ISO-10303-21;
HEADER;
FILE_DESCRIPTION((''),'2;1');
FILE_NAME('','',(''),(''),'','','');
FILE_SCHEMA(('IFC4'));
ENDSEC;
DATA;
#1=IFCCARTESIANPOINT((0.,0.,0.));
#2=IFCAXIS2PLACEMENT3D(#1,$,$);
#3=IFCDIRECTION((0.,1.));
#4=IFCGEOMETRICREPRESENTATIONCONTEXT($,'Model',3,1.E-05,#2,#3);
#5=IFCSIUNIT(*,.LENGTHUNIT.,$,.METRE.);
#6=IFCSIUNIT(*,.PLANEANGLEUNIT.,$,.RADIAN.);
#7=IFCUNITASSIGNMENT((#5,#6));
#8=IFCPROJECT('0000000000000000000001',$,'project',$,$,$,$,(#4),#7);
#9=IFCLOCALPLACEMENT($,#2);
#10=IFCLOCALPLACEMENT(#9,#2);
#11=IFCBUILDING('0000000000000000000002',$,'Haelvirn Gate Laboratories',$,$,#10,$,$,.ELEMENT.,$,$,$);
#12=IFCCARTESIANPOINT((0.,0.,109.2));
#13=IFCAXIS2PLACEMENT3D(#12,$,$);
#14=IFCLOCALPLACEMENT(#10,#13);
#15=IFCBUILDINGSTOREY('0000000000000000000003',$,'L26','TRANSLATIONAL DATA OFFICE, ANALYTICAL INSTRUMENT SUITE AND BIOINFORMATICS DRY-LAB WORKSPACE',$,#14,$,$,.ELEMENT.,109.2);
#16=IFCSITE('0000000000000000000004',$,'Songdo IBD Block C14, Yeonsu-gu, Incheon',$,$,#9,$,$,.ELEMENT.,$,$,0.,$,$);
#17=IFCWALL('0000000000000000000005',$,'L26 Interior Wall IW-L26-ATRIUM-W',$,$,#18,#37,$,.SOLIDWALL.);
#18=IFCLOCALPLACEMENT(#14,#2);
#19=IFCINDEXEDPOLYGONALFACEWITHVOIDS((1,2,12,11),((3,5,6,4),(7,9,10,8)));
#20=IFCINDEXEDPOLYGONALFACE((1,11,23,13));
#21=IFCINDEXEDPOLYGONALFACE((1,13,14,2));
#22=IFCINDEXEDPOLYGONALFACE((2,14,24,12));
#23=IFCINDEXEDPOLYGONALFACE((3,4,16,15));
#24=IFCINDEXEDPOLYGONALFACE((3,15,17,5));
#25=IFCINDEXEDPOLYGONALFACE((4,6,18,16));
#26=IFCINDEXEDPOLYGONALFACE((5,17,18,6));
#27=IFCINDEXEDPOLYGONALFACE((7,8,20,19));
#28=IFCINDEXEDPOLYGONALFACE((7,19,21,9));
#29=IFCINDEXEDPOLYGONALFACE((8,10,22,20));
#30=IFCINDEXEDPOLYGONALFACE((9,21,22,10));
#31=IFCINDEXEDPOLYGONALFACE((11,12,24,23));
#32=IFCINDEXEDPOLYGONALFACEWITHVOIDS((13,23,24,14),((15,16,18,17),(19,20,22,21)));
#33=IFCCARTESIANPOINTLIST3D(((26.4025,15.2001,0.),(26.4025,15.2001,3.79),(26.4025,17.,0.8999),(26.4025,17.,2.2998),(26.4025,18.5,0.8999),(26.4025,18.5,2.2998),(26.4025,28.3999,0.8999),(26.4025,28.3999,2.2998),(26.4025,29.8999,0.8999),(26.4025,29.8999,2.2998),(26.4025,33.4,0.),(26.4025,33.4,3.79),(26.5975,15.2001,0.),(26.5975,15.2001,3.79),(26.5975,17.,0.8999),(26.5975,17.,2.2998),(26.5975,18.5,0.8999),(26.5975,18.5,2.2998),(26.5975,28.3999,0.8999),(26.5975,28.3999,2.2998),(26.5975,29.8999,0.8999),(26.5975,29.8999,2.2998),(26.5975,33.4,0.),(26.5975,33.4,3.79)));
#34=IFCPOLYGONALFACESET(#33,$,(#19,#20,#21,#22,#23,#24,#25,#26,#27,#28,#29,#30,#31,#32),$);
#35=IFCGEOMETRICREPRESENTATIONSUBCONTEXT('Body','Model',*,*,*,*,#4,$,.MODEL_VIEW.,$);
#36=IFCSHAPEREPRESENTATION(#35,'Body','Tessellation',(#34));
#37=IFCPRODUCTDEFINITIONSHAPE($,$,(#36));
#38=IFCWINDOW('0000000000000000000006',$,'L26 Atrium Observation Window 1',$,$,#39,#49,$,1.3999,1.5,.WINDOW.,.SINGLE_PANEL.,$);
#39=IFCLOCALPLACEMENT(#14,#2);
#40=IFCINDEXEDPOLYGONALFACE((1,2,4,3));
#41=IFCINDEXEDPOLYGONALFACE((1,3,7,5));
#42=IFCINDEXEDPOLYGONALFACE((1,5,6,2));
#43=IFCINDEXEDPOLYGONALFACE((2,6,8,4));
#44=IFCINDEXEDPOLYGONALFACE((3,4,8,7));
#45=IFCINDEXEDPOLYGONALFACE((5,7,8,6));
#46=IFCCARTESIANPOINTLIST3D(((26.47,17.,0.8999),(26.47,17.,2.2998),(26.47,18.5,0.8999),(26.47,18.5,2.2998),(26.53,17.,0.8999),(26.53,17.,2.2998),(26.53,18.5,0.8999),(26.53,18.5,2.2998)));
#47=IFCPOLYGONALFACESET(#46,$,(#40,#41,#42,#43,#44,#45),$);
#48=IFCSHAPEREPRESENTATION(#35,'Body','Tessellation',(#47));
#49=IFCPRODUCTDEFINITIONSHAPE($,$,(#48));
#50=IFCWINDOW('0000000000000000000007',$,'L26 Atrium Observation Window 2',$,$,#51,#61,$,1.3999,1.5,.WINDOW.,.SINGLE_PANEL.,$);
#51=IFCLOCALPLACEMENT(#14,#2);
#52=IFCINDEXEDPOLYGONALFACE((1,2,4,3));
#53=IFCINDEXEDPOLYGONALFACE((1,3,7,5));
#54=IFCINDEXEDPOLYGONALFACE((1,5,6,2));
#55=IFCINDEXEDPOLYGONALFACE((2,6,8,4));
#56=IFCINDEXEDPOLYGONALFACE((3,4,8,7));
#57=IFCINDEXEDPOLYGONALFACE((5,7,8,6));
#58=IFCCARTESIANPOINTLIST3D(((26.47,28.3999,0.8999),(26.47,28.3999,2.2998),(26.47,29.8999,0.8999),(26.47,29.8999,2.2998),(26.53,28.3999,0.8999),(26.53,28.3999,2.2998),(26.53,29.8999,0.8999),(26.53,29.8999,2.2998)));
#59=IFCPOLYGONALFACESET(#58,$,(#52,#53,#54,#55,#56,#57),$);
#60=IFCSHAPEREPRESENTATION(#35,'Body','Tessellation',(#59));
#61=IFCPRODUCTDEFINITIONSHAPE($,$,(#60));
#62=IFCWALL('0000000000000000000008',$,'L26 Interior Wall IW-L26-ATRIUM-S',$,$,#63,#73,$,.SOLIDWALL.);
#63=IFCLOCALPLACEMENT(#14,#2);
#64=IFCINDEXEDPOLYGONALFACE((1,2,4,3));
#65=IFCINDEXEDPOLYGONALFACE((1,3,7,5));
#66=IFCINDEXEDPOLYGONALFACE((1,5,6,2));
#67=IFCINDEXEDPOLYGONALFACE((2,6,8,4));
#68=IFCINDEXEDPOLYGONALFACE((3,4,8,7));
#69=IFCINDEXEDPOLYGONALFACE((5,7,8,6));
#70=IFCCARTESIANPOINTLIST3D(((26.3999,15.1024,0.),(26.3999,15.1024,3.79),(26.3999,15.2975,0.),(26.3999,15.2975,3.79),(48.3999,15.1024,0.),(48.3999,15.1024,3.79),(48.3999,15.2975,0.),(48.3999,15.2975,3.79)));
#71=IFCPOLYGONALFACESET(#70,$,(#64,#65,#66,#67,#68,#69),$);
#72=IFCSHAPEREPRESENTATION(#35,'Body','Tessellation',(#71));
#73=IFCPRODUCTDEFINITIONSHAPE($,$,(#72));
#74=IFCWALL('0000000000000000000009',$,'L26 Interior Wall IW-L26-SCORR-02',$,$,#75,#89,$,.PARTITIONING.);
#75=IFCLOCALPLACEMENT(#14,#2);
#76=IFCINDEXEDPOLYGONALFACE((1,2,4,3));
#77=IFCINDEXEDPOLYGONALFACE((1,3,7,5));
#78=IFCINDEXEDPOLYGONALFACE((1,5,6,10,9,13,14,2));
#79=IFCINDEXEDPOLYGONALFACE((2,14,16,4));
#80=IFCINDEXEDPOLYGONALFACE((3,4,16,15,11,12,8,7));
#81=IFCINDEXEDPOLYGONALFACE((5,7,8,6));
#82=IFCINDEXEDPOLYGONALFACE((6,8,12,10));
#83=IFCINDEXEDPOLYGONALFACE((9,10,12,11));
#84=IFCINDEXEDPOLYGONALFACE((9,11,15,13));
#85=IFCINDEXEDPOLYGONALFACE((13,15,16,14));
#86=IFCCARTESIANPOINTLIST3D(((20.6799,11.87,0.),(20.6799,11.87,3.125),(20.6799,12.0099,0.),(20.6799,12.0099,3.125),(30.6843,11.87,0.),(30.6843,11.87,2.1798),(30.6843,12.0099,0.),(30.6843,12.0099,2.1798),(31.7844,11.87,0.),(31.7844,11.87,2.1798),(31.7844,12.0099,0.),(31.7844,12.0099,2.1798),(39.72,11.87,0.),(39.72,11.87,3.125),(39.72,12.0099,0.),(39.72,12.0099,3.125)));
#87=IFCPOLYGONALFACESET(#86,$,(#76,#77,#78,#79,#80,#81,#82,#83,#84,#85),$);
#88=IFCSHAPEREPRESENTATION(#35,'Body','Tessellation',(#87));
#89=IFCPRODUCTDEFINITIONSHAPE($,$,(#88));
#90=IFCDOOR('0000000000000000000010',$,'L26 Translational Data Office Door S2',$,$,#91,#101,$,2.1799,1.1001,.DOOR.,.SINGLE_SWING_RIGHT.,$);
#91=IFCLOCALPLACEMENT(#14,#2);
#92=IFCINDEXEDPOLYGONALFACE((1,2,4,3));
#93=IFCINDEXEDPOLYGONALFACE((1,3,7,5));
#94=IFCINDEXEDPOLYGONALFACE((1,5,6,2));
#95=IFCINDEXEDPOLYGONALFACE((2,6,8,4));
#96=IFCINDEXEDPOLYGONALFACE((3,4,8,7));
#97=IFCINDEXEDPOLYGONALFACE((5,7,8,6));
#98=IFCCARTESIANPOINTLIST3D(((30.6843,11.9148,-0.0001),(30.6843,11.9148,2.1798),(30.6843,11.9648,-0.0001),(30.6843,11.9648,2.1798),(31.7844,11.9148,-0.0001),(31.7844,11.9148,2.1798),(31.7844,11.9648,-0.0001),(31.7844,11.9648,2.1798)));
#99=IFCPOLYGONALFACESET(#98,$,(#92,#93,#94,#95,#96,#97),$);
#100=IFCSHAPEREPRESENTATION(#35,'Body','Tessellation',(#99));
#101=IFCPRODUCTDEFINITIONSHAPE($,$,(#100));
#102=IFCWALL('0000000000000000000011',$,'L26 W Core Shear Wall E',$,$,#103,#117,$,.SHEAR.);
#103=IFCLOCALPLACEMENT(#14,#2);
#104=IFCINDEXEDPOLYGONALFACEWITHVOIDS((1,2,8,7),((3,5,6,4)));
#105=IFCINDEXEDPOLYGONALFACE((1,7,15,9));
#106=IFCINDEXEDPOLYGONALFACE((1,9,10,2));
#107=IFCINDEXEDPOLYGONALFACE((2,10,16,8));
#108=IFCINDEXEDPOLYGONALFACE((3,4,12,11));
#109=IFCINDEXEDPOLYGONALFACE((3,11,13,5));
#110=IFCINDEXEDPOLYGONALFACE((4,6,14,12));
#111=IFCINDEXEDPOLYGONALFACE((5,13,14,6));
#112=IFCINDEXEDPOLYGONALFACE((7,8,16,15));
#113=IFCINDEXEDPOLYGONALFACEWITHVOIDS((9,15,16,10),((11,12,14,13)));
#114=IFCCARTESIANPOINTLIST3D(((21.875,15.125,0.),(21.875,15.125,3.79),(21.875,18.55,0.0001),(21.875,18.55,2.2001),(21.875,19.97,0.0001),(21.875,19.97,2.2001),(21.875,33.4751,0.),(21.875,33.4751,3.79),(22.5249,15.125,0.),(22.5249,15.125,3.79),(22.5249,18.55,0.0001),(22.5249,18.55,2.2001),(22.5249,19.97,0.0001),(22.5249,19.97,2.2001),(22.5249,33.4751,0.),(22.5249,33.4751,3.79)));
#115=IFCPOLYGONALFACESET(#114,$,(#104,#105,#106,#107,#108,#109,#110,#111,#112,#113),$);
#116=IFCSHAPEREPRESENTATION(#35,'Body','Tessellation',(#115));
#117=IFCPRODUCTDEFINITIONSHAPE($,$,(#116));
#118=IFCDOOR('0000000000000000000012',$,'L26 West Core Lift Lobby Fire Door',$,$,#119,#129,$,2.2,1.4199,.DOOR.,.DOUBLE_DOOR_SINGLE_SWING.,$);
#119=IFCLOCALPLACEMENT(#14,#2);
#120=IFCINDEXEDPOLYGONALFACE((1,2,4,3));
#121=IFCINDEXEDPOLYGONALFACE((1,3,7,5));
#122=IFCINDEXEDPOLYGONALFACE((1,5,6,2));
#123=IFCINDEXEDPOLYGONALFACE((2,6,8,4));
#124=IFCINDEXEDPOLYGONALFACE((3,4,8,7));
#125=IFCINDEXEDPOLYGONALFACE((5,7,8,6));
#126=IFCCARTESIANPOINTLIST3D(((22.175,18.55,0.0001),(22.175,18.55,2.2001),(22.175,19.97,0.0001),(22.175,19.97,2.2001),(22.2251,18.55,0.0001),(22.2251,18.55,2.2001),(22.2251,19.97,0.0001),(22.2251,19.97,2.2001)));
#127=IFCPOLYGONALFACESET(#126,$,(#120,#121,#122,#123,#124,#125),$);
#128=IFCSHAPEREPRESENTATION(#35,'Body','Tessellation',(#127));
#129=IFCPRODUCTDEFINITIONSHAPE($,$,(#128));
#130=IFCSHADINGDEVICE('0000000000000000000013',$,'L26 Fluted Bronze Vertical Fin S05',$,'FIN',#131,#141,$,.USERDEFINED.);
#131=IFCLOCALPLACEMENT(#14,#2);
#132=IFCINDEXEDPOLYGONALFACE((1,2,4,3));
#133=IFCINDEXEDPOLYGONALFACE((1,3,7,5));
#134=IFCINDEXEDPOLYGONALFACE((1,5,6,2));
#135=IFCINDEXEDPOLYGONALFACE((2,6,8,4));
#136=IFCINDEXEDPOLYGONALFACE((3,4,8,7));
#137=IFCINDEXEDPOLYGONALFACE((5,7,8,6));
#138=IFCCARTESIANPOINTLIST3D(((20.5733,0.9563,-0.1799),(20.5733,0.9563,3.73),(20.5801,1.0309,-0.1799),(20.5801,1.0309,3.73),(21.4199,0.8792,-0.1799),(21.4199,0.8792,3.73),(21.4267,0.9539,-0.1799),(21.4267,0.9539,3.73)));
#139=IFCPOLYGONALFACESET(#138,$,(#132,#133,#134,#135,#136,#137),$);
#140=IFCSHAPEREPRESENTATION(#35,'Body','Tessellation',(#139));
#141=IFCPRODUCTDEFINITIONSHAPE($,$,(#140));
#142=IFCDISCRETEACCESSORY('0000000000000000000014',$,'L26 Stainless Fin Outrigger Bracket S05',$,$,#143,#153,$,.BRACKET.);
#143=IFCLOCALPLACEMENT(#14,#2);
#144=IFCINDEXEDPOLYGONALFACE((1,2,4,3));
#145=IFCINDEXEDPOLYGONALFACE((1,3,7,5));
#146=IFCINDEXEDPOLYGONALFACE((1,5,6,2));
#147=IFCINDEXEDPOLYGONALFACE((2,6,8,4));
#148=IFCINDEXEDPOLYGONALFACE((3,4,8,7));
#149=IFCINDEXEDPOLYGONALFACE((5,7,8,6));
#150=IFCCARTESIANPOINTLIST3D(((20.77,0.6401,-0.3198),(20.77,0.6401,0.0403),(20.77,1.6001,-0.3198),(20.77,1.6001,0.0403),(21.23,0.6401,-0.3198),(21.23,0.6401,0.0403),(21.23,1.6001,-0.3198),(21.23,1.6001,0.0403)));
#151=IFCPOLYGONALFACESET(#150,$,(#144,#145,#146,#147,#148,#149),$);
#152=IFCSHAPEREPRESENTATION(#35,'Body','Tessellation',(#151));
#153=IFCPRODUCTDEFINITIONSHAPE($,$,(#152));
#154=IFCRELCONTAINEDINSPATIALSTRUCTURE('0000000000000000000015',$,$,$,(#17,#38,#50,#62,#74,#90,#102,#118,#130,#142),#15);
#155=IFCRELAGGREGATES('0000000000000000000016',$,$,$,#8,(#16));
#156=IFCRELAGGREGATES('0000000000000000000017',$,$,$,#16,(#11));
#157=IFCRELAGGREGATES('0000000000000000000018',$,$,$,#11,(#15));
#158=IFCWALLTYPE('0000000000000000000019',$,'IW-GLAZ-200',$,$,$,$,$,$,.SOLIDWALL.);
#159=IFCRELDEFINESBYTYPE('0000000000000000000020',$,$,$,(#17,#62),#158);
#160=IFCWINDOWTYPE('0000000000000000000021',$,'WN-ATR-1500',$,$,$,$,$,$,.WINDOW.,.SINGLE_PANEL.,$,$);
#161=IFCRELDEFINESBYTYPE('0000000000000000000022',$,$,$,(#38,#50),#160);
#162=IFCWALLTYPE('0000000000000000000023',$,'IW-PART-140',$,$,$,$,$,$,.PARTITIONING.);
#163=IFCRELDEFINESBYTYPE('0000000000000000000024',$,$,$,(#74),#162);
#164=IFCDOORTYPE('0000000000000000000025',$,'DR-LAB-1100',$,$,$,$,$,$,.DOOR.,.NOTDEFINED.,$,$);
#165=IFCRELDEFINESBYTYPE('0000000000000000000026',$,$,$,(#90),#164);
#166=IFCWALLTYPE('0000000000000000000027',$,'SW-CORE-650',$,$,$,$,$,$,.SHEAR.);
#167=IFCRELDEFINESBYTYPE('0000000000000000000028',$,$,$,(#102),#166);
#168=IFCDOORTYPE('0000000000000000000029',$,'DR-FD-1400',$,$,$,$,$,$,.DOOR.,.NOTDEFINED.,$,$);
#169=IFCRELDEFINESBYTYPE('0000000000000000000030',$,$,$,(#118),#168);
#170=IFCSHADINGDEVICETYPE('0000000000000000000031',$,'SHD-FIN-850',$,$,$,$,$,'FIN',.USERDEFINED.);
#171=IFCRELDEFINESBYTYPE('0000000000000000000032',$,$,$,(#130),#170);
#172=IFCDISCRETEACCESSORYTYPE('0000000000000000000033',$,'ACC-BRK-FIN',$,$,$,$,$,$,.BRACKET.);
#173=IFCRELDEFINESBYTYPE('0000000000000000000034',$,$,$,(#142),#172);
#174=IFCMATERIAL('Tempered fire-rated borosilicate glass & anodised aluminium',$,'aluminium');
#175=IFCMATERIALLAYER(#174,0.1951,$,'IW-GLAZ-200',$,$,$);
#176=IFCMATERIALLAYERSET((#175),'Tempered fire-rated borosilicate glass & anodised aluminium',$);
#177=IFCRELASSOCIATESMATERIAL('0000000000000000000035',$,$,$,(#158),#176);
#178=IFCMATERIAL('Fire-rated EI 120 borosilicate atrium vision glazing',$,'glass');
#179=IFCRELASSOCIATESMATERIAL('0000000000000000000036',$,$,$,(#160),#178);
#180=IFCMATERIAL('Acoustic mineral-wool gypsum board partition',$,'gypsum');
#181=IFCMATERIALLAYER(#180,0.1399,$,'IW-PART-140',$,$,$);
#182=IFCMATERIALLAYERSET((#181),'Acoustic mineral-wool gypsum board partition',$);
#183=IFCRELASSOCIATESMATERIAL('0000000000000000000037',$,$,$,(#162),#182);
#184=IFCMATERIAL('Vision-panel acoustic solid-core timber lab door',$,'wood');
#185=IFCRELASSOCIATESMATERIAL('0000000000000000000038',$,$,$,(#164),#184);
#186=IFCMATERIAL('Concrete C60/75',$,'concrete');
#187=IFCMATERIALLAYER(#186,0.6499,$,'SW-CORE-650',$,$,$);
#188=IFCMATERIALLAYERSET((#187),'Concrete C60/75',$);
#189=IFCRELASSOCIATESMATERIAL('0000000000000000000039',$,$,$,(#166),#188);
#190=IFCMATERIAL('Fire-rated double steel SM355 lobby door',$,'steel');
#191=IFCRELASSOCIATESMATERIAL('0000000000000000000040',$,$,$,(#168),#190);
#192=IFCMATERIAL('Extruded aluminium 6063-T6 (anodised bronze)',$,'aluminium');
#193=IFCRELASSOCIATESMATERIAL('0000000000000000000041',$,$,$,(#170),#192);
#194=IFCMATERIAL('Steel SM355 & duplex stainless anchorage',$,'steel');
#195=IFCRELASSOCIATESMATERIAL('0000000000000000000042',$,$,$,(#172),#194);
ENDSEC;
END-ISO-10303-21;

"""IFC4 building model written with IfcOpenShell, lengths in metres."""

from ifc_helpers import new_model, si_unit, direction, frame, frame_2d, origin, origin_2d, place, context, subcontext, project, spatial, rectangle, extrude, source, transform, mapped, material, layer, layer_set, material_profile, profile_set, type_object, type_shapes, element, fill, save


model = new_model("IFC4")

# Units and contexts
model_context = context("Model", 3, precision=1e-05, world=origin(), true_north=direction((0.0, 1.0)))
body_context = subcontext(model_context, "Body", "Model", "MODEL_VIEW")
ifc_project = project(units=[si_unit("LENGTHUNIT", "METRE"), si_unit("PLANEANGLEUNIT", "RADIAN")], contexts=[model_context])

# Site, building, storey
site_placement = place(None, origin())
site = spatial("IfcSite", under=ifc_project, at=site_placement, Name="Songdo IBD Block C14, Yeonsu-gu, Incheon", CompositionType="ELEMENT", RefElevation=0.0)
building_placement = place(site_placement, origin())
building = spatial("IfcBuilding", under=site, at=building_placement, Name="Haelvirn Gate Laboratories", CompositionType="ELEMENT")
storey_placement = place(building_placement, frame((0.0, 0.0, 109.2)))
storey = spatial("IfcBuildingStorey", under=building, at=storey_placement, Name="L26", Description="TRANSLATIONAL DATA OFFICE, ANALYTICAL INSTRUMENT SUITE AND BIOINFORMATICS DRY-LAB WORKSPACE", CompositionType="ELEMENT", Elevation=109.2)

# Shared definitions
ifc_material_1 = material(Name="Concrete C60/75", Category="concrete")

# Shared definitions
ifc_material_2 = material(Name="Extruded aluminium 6063-T6 (anodised bronze)", Category="aluminium")

# Wall, openings, windows
ifc_material_3 = material(Name="Tempered fire-rated borosilicate glass & anodised aluminium", Category="aluminium")
ifc_layer_1 = layer(ifc_material_3, 0.1951, Name="IW-GLAZ-200")
ifc_layer_set_1 = layer_set([ifc_layer_1], Name="Tempered fire-rated borosilicate glass & anodised aluminium")
wall_type_1 = type_object("IfcWallType", Name="IW-GLAZ-200", PredefinedType="SOLIDWALL", material=ifc_layer_set_1)
wall_1_placement = place(storey_placement, frame((26.5, 15.2, 0.0), z_axis=(0.0, 0.0, 1.0), x_axis=(0.0, 1.0, 0.0)))
wall_1 = element("IfcWall", 1, at=wall_1_placement, inside=storey, type_object=wall_type_1, Name="L26 Interior Wall IW-L26-ATRIUM-W", PredefinedType="SOLIDWALL", context=body_context, shape_type="SweptSolid", body=[
    extrude(rectangle(XDim=18.2, YDim=0.1951, at=frame_2d((9.1001, 0.0))), origin(), (0.0, 0.0, 1.0), 3.79),
])
opening_1_placement = place(wall_1_placement, frame((1.8, 0.0, 0.8999)))
opening_1 = element("IfcOpeningElement", 2, at=opening_1_placement, cuts=wall_1, PredefinedType="OPENING", context=body_context, shape_type="SweptSolid", body=[
    extrude(rectangle(XDim=1.5, YDim=1.3999, at=frame_2d((0.75, 0.7))), frame((0.0, 0.1074, 0.0), z_axis=(0.0, -1.0, 0.0), x_axis=(1.0, 0.0, 0.0)), (0.0, 0.0, 1.0), 0.2151),
])
opening_2_placement = place(wall_1_placement, frame((13.2, 0.0, 0.8999)))
opening_2 = element("IfcOpeningElement", 3, at=opening_2_placement, cuts=wall_1, PredefinedType="OPENING", context=body_context, shape_type="SweptSolid", body=[
    extrude(rectangle(XDim=1.5, YDim=1.3999, at=frame_2d((0.75, 0.7))), frame((0.0, 0.1074, 0.0), z_axis=(0.0, -1.0, 0.0), x_axis=(1.0, 0.0, 0.0)), (0.0, 0.0, 1.0), 0.2151),
])
ifc_material_4 = material(Name="Fire-rated EI 120 borosilicate atrium vision glazing", Category="glass")
window_type = type_object("IfcWindowType", Name="WN-ATR-1500", PartitioningType="SINGLE_PANEL", PredefinedType="WINDOW", material=ifc_material_4)
shared_shape_1 = source(origin(), body_context, "Body", "SweptSolid", [
    extrude(rectangle(XDim=1.5, YDim=1.3999, at=frame_2d((0.75, 0.7))), frame((0.0, 0.03, 0.0), z_axis=(0.0, -1.0, 0.0), x_axis=(1.0, 0.0, 0.0)), (0.0, 0.0, 1.0), 0.0601),
])
type_shapes(window_type, [shared_shape_1])
window_1_placement = place(opening_1_placement, origin())
window_1 = element("IfcWindow", 4, at=window_1_placement, inside=storey, type_object=window_type, Name="L26 Atrium Observation Window 1", OverallHeight=1.3999, OverallWidth=1.5, PartitioningType="SINGLE_PANEL", PredefinedType="WINDOW", context=body_context, shape_type="MappedRepresentation", body=[
    mapped(shared_shape_1, transform((0.0, 0.0, 0.0), scale=1.0)),
])
fill(opening_1, window_1)
window_2_placement = place(opening_2_placement, origin())
window_2 = element("IfcWindow", 5, at=window_2_placement, inside=storey, type_object=window_type, Name="L26 Atrium Observation Window 2", OverallHeight=1.3999, OverallWidth=1.5, PartitioningType="SINGLE_PANEL", PredefinedType="WINDOW", context=body_context, shape_type="MappedRepresentation", body=[
    mapped(shared_shape_1, transform((0.0, 0.0, 0.0), scale=1.0)),
])
fill(opening_2, window_2)

# Wall
wall_2_placement = place(storey_placement, frame((26.3999, 15.2, 0.0), z_axis=(0.0, 0.0, 1.0), x_axis=(1.0, 0.0, 0.0)))
element("IfcWall", 6, at=wall_2_placement, inside=storey, type_object=wall_type_1, Name="L26 Interior Wall IW-L26-ATRIUM-S", PredefinedType="SOLIDWALL", context=body_context, shape_type="SweptSolid", body=[
    extrude(rectangle(XDim=22.0, YDim=0.1951, at=frame_2d((11.0, 0.0))), origin(), (0.0, 0.0, 1.0), 3.79),
])

# Walls, openings, doors
ifc_material_5 = material(Name="Acoustic mineral-wool gypsum board partition", Category="gypsum")
ifc_layer_2 = layer(ifc_material_5, 0.1399, Name="IW-PART-140")
ifc_layer_set_2 = layer_set([ifc_layer_2], Name="Acoustic mineral-wool gypsum board partition")
wall_type_2 = type_object("IfcWallType", Name="IW-PART-140", PredefinedType="PARTITIONING", material=ifc_layer_set_2)
wall_3_placement = place(storey_placement, frame((20.6799, 11.9399, 0.0), z_axis=(0.0, 0.0, 1.0), x_axis=(1.0, 0.0, 0.0)))
wall_3 = element("IfcWall", 7, at=wall_3_placement, inside=storey, type_object=wall_type_2, Name="L26 Interior Wall IW-L26-SCORR-02", PredefinedType="PARTITIONING", context=body_context, shape_type="SweptSolid", body=[
    extrude(rectangle(XDim=19.04, YDim=0.1399, at=frame_2d((9.52, 0.0))), origin(), (0.0, 0.0, 1.0), 3.125),
])
opening_3_placement = place(wall_3_placement, frame((10.0044, 0.0, 0.0)))
opening_3 = element("IfcOpeningElement", 8, at=opening_3_placement, cuts=wall_3, PredefinedType="OPENING", context=body_context, shape_type="SweptSolid", body=[
    extrude(rectangle(XDim=1.1001, YDim=2.1799, at=frame_2d((0.55, 1.0898))), frame((0.0, 0.0801, 0.0), z_axis=(0.0, -1.0, 0.0), x_axis=(1.0, 0.0, 0.0)), (0.0, 0.0, 1.0), 0.1599),
])
ifc_material_6 = material(Name="Vision-panel acoustic solid-core timber lab door", Category="wood")
door_type_1 = type_object("IfcDoorType", Name="DR-LAB-1100", OperationType="NOTDEFINED", PredefinedType="DOOR", material=ifc_material_6)
shared_shape_2 = source(origin(), body_context, "Body", "SweptSolid", [
    extrude(rectangle(XDim=1.1001, YDim=2.1799, at=frame_2d((0.55, 1.0898))), frame((0.0, 0.0249, 0.0), z_axis=(0.0, -1.0, 0.0), x_axis=(1.0, 0.0, 0.0)), (0.0, 0.0, 1.0), 0.05),
])
type_shapes(door_type_1, [shared_shape_2])
door_1_placement = place(opening_3_placement, origin())
door_1 = element("IfcDoor", 9, at=door_1_placement, inside=storey, type_object=door_type_1, Name="L26 Translational Data Office Door S2", OperationType="SINGLE_SWING_RIGHT", OverallHeight=2.1799, OverallWidth=1.1001, PredefinedType="DOOR", context=body_context, shape_type="MappedRepresentation", body=[
    mapped(shared_shape_2, transform((0.0, 0.0, 0.0), scale=1.0)),
])
fill(opening_3, door_1)
ifc_layer_3 = layer(ifc_material_1, 0.6499, Name="SW-CORE-650")
ifc_layer_set_3 = layer_set([ifc_layer_3], Name="Concrete C60/75")
wall_type_3 = type_object("IfcWallType", Name="SW-CORE-650", PredefinedType="SHEAR", material=ifc_layer_set_3)
wall_4_placement = place(storey_placement, frame((22.2, 15.125, 0.0), z_axis=(0.0, 0.0, 1.0), x_axis=(0.0, 1.0, 0.0)))
wall_4 = element("IfcWall", 10, at=wall_4_placement, inside=storey, type_object=wall_type_3, Name="L26 W Core Shear Wall E", PredefinedType="SHEAR", context=body_context, shape_type="SweptSolid", body=[
    extrude(rectangle(XDim=18.3501, YDim=0.6499, at=frame_2d((9.175, 0.0))), origin(), (0.0, 0.0, 1.0), 3.79),
])
opening_4_placement = place(wall_4_placement, frame((3.425, 0.0, 0.0)))
opening_4 = element("IfcOpeningElement", 11, at=opening_4_placement, cuts=wall_4, PredefinedType="OPENING", context=body_context, shape_type="SweptSolid", body=[
    extrude(rectangle(XDim=1.4199, YDim=2.2, at=frame_2d((0.71, 1.1001))), frame((0.0, 0.335, 0.0), z_axis=(0.0, -1.0, 0.0), x_axis=(1.0, 0.0, 0.0)), (0.0, 0.0, 1.0), 0.6699),
])
ifc_material_7 = material(Name="Fire-rated double steel SM355 lobby door", Category="steel")
door_type_2 = type_object("IfcDoorType", Name="DR-FD-1400", OperationType="NOTDEFINED", PredefinedType="DOOR", material=ifc_material_7)
shared_shape_3 = source(origin(), body_context, "Body", "SweptSolid", [
    extrude(rectangle(XDim=1.4199, YDim=2.2, at=frame_2d((0.71, 1.1001))), frame((0.0, 0.0249, 0.0), z_axis=(0.0, -1.0, 0.0), x_axis=(1.0, 0.0, 0.0)), (0.0, 0.0, 1.0), 0.05),
])
type_shapes(door_type_2, [shared_shape_3])
door_2_placement = place(opening_4_placement, origin())
door_2 = element("IfcDoor", 12, at=door_2_placement, inside=storey, type_object=door_type_2, Name="L26 West Core Lift Lobby Fire Door", OperationType="DOUBLE_DOOR_SINGLE_SWING", OverallHeight=2.2, OverallWidth=1.4199, PredefinedType="DOOR", context=body_context, shape_type="MappedRepresentation", body=[
    mapped(shared_shape_3, transform((0.0, 0.0, 0.0), scale=1.0)),
])
fill(opening_4, door_2)

# Shading device
ifc_material_profile_1 = material_profile(ifc_material_2, rectangle(XDim=0.075, YDim=0.8501, at=origin_2d()), Name="FIN-850x75")
ifc_profile_set_1 = profile_set([ifc_material_profile_1], Name="Extruded aluminium 6063-T6 (anodised bronze)")
shading_device_type = type_object("IfcShadingDeviceType", Name="SHD-FIN-850", ElementType="FIN", PredefinedType="USERDEFINED", material=ifc_profile_set_1)
shared_shape_4 = source(origin(), body_context, "Body", "SweptSolid", [
    extrude(rectangle(XDim=0.075, YDim=0.8501, at=origin_2d()), origin(), (0.0, 0.0, 1.0), 3.9099),
])
type_shapes(shading_device_type, [shared_shape_4])
shading_device_placement = place(storey_placement, frame((21.0, 0.9551, -0.1799), z_axis=(0.0, 0.0, 1.0), x_axis=(0.090633, 0.995884, 0.0)))
element("IfcShadingDevice", 13, at=shading_device_placement, inside=storey, type_object=shading_device_type, Name="L26 Fluted Bronze Vertical Fin S05", ObjectType="FIN", PredefinedType="USERDEFINED", context=body_context, shape_type="MappedRepresentation", body=[
    mapped(shared_shape_4, transform((0.0, 0.0, 0.0), scale=1.0)),
])

# Discrete accessory
ifc_material_8 = material(Name="Steel SM355 & duplex stainless anchorage", Category="steel")
discrete_accessory_type = type_object("IfcDiscreteAccessoryType", Name="ACC-BRK-FIN", PredefinedType="BRACKET", material=ifc_material_8)
shared_shape_5 = source(origin(), body_context, "Body", "SweptSolid", [
    extrude(rectangle(XDim=0.46, YDim=0.96, at=origin_2d()), origin(), (0.0, 0.0, 1.0), 0.3601),
])
type_shapes(discrete_accessory_type, [shared_shape_5])
discrete_accessory_placement = place(storey_placement, frame((21.0, 1.1201, -0.3198), z_axis=(0.0, 0.0, 1.0), x_axis=(1.0, 0.0, 0.0)))
element("IfcDiscreteAccessory", 14, at=discrete_accessory_placement, inside=storey, type_object=discrete_accessory_type, Name="L26 Stainless Fin Outrigger Bracket S05", PredefinedType="BRACKET", context=body_context, shape_type="MappedRepresentation", body=[
    mapped(shared_shape_5, transform((0.0, 0.0, 0.0), scale=1.0)),
])

save(model, "model.ifc")
